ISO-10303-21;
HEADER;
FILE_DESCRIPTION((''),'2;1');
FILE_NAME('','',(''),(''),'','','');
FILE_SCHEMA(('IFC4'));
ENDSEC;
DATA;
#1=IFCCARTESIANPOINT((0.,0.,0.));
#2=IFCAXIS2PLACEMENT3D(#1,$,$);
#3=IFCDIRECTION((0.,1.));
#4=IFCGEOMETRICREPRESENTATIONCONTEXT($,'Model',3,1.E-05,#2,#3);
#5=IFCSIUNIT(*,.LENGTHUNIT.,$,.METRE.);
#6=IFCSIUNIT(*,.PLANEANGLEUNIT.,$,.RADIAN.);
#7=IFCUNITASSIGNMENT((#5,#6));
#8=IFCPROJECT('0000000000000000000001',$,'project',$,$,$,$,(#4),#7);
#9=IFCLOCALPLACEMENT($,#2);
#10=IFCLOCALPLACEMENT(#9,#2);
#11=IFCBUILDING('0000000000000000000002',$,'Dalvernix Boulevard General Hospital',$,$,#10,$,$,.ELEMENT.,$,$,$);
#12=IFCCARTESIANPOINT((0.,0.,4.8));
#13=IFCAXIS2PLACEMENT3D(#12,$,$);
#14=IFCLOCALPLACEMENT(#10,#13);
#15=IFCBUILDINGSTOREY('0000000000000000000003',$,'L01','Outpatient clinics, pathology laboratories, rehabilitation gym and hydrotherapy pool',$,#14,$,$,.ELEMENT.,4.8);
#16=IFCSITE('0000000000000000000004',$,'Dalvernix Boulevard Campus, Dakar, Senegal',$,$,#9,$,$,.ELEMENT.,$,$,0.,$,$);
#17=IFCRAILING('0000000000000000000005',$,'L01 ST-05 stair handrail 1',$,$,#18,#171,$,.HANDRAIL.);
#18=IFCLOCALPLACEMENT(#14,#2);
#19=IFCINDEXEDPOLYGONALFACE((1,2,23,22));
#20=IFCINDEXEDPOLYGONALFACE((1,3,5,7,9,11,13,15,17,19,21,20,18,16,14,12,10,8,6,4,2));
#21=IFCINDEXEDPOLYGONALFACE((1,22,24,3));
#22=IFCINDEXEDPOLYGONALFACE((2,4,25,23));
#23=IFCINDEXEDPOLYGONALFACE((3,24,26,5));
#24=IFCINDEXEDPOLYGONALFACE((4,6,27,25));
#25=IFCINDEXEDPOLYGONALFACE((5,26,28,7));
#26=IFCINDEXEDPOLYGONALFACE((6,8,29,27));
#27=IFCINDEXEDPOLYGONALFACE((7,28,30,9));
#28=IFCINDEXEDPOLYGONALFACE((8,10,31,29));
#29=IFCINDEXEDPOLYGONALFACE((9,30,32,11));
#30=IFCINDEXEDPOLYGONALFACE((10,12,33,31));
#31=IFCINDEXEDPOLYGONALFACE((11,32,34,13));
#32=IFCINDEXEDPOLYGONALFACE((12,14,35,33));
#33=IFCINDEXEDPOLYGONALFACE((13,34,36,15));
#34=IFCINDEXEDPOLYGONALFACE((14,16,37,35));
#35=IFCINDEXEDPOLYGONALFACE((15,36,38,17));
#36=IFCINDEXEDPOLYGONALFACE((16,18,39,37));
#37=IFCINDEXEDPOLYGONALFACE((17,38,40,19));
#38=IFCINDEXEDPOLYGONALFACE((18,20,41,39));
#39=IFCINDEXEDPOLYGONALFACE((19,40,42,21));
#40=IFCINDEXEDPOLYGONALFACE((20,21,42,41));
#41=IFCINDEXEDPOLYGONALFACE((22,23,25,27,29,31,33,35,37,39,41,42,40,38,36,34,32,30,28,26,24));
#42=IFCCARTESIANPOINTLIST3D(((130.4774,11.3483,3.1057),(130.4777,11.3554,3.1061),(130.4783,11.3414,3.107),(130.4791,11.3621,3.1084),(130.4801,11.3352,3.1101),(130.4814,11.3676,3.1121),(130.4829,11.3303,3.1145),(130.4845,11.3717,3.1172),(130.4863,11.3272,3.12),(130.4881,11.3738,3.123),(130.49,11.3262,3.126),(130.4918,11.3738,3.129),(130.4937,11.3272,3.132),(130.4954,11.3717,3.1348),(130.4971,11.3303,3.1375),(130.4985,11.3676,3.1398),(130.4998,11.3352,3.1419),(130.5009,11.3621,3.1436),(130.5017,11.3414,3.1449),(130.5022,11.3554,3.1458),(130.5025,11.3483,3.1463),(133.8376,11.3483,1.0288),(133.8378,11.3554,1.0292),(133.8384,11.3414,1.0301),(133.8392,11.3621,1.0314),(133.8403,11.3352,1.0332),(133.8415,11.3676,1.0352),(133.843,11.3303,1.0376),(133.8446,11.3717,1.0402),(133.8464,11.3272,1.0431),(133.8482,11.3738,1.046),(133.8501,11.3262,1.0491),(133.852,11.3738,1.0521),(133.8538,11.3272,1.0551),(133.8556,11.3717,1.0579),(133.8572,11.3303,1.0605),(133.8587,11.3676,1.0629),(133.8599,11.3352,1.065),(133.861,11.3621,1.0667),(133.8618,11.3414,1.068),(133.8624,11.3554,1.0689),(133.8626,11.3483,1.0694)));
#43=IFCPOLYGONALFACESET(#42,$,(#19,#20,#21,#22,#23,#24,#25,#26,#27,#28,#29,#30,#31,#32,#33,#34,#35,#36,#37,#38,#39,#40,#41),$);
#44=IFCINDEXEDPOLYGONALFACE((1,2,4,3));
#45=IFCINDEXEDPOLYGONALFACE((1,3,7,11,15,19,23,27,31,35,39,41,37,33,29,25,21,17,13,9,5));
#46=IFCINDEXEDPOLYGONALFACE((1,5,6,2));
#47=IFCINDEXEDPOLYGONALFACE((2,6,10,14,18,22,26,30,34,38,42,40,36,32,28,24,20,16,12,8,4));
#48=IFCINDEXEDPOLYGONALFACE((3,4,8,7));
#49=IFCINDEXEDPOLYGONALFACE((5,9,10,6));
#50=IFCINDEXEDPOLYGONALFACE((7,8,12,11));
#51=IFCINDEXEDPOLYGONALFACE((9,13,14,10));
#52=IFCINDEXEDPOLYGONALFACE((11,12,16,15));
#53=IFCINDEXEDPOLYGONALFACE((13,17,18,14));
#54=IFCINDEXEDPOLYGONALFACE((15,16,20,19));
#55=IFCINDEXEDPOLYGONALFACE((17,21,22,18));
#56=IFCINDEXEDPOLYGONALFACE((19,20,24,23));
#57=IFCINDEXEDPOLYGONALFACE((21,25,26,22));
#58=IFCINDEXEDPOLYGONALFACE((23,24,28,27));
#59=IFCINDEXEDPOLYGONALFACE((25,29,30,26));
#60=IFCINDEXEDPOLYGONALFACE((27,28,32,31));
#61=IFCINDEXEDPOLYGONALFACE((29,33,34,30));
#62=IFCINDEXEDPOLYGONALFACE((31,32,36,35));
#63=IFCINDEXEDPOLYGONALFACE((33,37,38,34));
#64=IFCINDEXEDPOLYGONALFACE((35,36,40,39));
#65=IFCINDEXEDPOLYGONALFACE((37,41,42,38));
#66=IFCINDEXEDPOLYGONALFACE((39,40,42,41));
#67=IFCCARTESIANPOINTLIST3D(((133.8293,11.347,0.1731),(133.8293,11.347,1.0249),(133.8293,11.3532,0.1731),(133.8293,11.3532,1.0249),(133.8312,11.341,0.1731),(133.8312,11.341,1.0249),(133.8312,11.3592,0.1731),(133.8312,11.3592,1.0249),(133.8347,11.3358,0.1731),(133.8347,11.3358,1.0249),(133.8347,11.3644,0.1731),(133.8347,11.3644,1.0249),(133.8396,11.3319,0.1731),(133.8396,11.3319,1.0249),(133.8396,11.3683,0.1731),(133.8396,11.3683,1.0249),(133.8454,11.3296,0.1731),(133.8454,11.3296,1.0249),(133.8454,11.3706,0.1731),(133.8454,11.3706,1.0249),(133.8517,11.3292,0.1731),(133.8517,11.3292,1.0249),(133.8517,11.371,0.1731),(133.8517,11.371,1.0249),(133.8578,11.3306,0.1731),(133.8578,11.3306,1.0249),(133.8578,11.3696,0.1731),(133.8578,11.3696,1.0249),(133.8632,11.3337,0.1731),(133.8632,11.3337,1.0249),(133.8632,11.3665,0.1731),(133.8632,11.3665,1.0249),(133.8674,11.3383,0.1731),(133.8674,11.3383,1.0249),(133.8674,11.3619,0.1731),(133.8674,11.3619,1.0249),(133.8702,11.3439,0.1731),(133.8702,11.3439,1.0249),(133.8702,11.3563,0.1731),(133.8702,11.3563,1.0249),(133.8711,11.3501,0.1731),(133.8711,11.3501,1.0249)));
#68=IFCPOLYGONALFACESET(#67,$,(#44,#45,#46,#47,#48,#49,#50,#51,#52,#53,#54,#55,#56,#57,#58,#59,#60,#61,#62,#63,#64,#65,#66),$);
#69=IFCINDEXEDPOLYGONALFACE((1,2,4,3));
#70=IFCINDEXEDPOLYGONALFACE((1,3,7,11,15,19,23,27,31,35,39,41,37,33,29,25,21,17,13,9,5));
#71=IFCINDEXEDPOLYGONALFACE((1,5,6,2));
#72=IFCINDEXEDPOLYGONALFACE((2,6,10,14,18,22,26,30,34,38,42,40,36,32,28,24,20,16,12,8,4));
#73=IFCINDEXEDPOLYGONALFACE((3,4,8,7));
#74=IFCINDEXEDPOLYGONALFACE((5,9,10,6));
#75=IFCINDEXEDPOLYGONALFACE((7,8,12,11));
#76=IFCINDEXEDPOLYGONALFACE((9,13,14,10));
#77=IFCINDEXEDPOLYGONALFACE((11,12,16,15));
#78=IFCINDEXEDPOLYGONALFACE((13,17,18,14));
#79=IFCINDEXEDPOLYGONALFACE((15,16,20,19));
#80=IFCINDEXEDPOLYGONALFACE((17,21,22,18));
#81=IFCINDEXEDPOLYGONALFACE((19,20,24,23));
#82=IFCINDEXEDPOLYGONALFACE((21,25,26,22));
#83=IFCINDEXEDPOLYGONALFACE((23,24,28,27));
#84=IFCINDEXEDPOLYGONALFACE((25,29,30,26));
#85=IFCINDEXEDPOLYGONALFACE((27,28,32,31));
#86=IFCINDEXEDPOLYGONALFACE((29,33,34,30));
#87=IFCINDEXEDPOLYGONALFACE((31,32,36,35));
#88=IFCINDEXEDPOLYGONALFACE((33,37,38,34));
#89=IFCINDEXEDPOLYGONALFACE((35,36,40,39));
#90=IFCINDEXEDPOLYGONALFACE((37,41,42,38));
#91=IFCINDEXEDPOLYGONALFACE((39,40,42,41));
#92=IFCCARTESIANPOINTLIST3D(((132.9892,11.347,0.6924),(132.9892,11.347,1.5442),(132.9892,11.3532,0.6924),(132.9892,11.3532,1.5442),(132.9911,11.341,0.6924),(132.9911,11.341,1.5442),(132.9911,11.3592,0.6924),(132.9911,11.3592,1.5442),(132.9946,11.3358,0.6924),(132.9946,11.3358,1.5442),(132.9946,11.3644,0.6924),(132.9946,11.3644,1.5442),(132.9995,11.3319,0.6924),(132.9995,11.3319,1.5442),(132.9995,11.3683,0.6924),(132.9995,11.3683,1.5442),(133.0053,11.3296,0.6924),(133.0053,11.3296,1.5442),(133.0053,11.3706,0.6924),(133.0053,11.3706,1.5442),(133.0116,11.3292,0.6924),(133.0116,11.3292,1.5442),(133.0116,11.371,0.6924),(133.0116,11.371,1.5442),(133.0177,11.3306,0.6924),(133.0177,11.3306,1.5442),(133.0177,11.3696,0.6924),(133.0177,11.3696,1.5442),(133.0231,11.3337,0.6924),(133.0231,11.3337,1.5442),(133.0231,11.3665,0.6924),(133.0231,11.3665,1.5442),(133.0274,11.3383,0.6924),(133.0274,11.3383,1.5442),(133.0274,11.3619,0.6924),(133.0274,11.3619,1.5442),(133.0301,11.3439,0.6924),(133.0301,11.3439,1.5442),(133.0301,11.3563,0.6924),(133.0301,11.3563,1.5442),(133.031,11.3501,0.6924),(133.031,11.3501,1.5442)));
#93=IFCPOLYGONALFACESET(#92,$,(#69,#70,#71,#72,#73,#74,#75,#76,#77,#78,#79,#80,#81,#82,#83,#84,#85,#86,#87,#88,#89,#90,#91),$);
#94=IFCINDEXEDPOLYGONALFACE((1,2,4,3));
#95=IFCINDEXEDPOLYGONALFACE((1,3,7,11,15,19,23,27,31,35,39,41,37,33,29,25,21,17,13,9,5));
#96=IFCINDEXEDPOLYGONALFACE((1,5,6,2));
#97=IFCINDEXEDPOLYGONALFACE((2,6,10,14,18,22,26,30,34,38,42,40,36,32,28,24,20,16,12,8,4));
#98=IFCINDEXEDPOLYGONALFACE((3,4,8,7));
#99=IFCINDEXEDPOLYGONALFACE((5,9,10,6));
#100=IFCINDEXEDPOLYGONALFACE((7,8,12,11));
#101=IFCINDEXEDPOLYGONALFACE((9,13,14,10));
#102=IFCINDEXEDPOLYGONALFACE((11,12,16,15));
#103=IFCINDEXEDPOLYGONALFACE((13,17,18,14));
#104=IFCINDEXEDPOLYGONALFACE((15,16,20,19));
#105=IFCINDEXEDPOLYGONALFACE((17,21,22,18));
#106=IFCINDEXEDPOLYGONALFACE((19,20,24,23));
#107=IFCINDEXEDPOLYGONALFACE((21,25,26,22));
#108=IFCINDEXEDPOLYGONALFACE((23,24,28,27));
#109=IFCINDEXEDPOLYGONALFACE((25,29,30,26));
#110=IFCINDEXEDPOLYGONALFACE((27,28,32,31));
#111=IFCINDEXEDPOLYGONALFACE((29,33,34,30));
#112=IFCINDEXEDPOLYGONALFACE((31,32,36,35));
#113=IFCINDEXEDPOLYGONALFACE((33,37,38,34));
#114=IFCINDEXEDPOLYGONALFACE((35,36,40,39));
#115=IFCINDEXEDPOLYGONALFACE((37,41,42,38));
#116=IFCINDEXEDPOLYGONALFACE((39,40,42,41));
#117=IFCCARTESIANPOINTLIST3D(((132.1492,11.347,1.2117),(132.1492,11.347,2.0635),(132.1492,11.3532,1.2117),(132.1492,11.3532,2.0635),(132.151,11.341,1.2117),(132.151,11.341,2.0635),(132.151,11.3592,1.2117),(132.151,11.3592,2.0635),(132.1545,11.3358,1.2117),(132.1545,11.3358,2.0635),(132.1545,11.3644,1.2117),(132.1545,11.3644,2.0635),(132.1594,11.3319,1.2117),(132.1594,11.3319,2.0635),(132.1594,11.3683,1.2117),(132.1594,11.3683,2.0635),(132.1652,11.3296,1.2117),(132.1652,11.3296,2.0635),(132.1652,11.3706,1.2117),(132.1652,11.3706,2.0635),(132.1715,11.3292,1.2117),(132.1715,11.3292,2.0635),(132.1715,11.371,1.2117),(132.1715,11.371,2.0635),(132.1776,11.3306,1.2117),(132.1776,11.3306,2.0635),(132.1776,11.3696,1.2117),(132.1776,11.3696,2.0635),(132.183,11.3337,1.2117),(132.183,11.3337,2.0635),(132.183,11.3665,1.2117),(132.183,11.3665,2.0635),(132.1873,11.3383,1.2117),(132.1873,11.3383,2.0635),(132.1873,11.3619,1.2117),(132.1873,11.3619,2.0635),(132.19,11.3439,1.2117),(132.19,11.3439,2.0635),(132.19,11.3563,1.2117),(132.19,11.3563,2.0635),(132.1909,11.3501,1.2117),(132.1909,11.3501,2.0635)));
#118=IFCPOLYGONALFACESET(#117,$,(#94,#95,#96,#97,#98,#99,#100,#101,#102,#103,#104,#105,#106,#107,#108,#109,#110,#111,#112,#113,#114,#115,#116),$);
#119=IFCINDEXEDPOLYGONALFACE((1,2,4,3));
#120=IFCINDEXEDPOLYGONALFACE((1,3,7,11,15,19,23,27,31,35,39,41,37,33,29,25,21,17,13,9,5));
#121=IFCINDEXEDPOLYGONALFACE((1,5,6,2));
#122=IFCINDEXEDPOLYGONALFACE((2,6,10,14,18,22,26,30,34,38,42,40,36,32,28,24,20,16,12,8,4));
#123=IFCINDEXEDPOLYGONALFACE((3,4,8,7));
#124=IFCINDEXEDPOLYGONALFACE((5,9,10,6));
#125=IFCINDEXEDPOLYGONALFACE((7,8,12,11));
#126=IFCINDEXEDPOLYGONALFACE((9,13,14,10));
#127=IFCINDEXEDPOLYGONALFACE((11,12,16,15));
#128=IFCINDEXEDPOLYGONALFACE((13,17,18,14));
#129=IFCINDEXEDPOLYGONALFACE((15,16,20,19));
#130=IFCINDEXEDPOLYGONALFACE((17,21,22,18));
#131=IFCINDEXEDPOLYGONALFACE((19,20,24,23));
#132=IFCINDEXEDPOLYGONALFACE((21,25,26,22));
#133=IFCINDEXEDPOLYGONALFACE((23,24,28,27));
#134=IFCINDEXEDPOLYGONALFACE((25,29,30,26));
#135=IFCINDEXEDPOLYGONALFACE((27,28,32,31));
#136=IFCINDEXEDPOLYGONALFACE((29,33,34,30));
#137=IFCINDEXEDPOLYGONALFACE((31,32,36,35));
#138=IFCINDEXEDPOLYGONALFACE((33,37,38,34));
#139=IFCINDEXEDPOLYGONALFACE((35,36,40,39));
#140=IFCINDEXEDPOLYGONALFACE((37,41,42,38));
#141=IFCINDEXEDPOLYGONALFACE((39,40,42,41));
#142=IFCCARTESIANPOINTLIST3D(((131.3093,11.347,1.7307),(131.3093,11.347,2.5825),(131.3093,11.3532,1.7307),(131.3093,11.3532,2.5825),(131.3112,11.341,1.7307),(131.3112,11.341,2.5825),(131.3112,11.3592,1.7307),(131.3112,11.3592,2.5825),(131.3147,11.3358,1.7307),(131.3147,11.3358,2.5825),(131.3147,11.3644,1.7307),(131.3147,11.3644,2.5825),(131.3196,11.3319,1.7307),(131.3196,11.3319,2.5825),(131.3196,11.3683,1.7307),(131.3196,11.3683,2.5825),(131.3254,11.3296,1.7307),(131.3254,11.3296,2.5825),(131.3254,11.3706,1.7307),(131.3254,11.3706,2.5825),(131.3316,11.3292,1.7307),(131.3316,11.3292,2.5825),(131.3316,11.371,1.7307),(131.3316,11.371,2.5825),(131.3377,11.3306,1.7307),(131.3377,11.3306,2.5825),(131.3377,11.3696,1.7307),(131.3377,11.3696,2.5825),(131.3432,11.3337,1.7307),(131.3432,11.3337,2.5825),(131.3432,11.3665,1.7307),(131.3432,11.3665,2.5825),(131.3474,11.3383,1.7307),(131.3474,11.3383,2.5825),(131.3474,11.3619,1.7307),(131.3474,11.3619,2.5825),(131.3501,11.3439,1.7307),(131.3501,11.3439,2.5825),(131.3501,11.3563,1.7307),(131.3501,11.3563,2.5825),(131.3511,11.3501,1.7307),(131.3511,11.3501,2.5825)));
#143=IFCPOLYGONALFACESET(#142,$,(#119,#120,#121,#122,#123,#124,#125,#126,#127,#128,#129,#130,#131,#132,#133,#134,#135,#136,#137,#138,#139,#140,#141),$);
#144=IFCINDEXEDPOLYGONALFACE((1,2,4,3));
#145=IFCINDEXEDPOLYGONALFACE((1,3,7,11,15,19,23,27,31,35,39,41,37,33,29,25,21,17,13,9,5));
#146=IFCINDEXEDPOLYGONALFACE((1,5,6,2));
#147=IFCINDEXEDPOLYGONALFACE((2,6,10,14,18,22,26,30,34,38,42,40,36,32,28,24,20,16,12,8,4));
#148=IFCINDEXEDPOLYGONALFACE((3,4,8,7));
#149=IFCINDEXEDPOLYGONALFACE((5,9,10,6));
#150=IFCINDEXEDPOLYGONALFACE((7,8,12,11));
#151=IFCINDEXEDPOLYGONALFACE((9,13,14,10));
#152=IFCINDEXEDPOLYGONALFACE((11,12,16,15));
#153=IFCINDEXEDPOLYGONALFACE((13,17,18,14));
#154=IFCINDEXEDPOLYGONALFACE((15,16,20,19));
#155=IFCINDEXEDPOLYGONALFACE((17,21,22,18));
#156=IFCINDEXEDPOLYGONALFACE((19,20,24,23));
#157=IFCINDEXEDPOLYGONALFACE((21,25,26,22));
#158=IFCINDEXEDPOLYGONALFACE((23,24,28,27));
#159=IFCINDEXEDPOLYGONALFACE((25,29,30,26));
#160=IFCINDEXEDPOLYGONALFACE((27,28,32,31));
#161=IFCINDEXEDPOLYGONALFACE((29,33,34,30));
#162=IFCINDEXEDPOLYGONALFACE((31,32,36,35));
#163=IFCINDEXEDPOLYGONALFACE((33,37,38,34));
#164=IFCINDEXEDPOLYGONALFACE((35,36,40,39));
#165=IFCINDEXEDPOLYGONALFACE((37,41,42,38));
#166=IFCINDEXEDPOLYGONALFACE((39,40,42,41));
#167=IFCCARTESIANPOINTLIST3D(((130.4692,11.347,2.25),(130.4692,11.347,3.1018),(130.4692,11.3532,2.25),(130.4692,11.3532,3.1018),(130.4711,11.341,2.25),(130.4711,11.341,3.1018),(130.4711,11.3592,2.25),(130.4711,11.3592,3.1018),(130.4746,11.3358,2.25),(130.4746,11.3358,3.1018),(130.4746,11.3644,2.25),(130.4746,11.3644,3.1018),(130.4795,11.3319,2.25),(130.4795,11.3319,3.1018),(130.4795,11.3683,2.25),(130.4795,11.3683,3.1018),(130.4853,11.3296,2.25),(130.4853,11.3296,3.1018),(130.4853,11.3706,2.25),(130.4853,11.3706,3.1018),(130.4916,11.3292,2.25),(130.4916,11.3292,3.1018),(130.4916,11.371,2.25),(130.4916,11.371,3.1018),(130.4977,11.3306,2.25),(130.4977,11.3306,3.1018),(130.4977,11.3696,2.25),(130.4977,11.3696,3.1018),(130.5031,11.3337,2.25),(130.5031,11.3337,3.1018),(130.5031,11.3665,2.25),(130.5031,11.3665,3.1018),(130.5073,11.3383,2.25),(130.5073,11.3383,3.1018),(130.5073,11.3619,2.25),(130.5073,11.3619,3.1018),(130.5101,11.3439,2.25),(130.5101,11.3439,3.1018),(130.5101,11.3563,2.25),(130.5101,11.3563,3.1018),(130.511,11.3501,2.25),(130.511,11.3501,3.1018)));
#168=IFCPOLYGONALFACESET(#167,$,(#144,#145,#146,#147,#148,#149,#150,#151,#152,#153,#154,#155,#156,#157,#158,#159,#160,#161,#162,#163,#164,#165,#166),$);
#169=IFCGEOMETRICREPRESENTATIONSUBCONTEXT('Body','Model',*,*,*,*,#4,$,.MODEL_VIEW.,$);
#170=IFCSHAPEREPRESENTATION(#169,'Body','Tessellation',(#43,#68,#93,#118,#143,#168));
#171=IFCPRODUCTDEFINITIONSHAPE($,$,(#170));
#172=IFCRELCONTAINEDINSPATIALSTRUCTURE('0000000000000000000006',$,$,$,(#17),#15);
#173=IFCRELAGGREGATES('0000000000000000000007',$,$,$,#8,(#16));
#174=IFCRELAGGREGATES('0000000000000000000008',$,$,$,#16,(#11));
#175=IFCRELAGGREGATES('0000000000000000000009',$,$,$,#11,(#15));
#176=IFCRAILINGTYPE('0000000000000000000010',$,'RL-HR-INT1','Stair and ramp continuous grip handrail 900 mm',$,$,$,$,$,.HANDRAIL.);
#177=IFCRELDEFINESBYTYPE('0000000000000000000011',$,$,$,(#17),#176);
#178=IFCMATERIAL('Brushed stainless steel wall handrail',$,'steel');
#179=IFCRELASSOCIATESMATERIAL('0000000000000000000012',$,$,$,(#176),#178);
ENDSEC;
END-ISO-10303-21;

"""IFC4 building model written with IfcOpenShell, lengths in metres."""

from ifc_helpers import new_model, si_unit, direction, frame, origin, origin_2d, place, context, subcontext, project, spatial, circle, extrude, material, type_object, element, save


model = new_model("IFC4")

# Units and contexts
model_context = context("Model", 3, precision=1e-05, world=origin(), true_north=direction((0.0, 1.0)))
body_context = subcontext(model_context, "Body", "Model", "MODEL_VIEW")
ifc_project = project(units=[si_unit("LENGTHUNIT", "METRE"), si_unit("PLANEANGLEUNIT", "RADIAN")], contexts=[model_context])

# Site, building, storey
site_placement = place(None, origin())
site = spatial("IfcSite", under=ifc_project, at=site_placement, Name="Dalvernix Boulevard Campus, Dakar, Senegal", CompositionType="ELEMENT", RefElevation=0.0)
building_placement = place(site_placement, origin())
building = spatial("IfcBuilding", under=site, at=building_placement, Name="Dalvernix Boulevard General Hospital", CompositionType="ELEMENT")
storey_placement = place(building_placement, frame((0.0, 0.0, 4.8)))
storey = spatial("IfcBuildingStorey", under=building, at=storey_placement, Name="L01", Description="Outpatient clinics, pathology laboratories, rehabilitation gym and hydrotherapy pool", CompositionType="ELEMENT", Elevation=4.8)

# Railing
ifc_material_1 = material(Name="Brushed stainless steel wall handrail", Category="steel")
railing_type_1 = type_object("IfcRailingType", Name="RL-HR-INT1", Description="Stair and ramp continuous grip handrail 900 mm", PredefinedType="HANDRAIL", material=ifc_material_1)
railing_1_placement = place(storey_placement, frame((133.8501, 11.3501, 0.1731)))
element("IfcRailing", 1, at=railing_1_placement, inside=storey, type_object=railing_type_1, Name="L01 ST-05 stair handrail 1", PredefinedType="HANDRAIL", context=body_context, shape_type="SweptSolid", body=[
    extrude(circle(Radius=0.0239, at=origin_2d()), frame((0.0, 0.0, 0.876), z_axis=(-0.850623, 0.0, 0.525776), x_axis=(0.0, -1.0, 0.0)), (0.0, 0.0, 1.0), 3.9502),
    extrude(circle(Radius=0.021, at=origin_2d()), origin(), (0.0, 0.0, 1.0), 0.8518),
    extrude(circle(Radius=0.021, at=origin_2d()), frame((-0.8401, 0.0, 0.5193)), (0.0, 0.0, 1.0), 0.8518),
    extrude(circle(Radius=0.021, at=origin_2d()), frame((-1.6802, 0.0, 1.0386)), (0.0, 0.0, 1.0), 0.8518),
    extrude(circle(Radius=0.021, at=origin_2d()), frame((-2.52, 0.0, 1.5576)), (0.0, 0.0, 1.0), 0.8518),
    extrude(circle(Radius=0.021, at=origin_2d()), frame((-3.3601, 0.0, 2.0769)), (0.0, 0.0, 1.0), 0.8518),
])

save(model, "model.ifc")
